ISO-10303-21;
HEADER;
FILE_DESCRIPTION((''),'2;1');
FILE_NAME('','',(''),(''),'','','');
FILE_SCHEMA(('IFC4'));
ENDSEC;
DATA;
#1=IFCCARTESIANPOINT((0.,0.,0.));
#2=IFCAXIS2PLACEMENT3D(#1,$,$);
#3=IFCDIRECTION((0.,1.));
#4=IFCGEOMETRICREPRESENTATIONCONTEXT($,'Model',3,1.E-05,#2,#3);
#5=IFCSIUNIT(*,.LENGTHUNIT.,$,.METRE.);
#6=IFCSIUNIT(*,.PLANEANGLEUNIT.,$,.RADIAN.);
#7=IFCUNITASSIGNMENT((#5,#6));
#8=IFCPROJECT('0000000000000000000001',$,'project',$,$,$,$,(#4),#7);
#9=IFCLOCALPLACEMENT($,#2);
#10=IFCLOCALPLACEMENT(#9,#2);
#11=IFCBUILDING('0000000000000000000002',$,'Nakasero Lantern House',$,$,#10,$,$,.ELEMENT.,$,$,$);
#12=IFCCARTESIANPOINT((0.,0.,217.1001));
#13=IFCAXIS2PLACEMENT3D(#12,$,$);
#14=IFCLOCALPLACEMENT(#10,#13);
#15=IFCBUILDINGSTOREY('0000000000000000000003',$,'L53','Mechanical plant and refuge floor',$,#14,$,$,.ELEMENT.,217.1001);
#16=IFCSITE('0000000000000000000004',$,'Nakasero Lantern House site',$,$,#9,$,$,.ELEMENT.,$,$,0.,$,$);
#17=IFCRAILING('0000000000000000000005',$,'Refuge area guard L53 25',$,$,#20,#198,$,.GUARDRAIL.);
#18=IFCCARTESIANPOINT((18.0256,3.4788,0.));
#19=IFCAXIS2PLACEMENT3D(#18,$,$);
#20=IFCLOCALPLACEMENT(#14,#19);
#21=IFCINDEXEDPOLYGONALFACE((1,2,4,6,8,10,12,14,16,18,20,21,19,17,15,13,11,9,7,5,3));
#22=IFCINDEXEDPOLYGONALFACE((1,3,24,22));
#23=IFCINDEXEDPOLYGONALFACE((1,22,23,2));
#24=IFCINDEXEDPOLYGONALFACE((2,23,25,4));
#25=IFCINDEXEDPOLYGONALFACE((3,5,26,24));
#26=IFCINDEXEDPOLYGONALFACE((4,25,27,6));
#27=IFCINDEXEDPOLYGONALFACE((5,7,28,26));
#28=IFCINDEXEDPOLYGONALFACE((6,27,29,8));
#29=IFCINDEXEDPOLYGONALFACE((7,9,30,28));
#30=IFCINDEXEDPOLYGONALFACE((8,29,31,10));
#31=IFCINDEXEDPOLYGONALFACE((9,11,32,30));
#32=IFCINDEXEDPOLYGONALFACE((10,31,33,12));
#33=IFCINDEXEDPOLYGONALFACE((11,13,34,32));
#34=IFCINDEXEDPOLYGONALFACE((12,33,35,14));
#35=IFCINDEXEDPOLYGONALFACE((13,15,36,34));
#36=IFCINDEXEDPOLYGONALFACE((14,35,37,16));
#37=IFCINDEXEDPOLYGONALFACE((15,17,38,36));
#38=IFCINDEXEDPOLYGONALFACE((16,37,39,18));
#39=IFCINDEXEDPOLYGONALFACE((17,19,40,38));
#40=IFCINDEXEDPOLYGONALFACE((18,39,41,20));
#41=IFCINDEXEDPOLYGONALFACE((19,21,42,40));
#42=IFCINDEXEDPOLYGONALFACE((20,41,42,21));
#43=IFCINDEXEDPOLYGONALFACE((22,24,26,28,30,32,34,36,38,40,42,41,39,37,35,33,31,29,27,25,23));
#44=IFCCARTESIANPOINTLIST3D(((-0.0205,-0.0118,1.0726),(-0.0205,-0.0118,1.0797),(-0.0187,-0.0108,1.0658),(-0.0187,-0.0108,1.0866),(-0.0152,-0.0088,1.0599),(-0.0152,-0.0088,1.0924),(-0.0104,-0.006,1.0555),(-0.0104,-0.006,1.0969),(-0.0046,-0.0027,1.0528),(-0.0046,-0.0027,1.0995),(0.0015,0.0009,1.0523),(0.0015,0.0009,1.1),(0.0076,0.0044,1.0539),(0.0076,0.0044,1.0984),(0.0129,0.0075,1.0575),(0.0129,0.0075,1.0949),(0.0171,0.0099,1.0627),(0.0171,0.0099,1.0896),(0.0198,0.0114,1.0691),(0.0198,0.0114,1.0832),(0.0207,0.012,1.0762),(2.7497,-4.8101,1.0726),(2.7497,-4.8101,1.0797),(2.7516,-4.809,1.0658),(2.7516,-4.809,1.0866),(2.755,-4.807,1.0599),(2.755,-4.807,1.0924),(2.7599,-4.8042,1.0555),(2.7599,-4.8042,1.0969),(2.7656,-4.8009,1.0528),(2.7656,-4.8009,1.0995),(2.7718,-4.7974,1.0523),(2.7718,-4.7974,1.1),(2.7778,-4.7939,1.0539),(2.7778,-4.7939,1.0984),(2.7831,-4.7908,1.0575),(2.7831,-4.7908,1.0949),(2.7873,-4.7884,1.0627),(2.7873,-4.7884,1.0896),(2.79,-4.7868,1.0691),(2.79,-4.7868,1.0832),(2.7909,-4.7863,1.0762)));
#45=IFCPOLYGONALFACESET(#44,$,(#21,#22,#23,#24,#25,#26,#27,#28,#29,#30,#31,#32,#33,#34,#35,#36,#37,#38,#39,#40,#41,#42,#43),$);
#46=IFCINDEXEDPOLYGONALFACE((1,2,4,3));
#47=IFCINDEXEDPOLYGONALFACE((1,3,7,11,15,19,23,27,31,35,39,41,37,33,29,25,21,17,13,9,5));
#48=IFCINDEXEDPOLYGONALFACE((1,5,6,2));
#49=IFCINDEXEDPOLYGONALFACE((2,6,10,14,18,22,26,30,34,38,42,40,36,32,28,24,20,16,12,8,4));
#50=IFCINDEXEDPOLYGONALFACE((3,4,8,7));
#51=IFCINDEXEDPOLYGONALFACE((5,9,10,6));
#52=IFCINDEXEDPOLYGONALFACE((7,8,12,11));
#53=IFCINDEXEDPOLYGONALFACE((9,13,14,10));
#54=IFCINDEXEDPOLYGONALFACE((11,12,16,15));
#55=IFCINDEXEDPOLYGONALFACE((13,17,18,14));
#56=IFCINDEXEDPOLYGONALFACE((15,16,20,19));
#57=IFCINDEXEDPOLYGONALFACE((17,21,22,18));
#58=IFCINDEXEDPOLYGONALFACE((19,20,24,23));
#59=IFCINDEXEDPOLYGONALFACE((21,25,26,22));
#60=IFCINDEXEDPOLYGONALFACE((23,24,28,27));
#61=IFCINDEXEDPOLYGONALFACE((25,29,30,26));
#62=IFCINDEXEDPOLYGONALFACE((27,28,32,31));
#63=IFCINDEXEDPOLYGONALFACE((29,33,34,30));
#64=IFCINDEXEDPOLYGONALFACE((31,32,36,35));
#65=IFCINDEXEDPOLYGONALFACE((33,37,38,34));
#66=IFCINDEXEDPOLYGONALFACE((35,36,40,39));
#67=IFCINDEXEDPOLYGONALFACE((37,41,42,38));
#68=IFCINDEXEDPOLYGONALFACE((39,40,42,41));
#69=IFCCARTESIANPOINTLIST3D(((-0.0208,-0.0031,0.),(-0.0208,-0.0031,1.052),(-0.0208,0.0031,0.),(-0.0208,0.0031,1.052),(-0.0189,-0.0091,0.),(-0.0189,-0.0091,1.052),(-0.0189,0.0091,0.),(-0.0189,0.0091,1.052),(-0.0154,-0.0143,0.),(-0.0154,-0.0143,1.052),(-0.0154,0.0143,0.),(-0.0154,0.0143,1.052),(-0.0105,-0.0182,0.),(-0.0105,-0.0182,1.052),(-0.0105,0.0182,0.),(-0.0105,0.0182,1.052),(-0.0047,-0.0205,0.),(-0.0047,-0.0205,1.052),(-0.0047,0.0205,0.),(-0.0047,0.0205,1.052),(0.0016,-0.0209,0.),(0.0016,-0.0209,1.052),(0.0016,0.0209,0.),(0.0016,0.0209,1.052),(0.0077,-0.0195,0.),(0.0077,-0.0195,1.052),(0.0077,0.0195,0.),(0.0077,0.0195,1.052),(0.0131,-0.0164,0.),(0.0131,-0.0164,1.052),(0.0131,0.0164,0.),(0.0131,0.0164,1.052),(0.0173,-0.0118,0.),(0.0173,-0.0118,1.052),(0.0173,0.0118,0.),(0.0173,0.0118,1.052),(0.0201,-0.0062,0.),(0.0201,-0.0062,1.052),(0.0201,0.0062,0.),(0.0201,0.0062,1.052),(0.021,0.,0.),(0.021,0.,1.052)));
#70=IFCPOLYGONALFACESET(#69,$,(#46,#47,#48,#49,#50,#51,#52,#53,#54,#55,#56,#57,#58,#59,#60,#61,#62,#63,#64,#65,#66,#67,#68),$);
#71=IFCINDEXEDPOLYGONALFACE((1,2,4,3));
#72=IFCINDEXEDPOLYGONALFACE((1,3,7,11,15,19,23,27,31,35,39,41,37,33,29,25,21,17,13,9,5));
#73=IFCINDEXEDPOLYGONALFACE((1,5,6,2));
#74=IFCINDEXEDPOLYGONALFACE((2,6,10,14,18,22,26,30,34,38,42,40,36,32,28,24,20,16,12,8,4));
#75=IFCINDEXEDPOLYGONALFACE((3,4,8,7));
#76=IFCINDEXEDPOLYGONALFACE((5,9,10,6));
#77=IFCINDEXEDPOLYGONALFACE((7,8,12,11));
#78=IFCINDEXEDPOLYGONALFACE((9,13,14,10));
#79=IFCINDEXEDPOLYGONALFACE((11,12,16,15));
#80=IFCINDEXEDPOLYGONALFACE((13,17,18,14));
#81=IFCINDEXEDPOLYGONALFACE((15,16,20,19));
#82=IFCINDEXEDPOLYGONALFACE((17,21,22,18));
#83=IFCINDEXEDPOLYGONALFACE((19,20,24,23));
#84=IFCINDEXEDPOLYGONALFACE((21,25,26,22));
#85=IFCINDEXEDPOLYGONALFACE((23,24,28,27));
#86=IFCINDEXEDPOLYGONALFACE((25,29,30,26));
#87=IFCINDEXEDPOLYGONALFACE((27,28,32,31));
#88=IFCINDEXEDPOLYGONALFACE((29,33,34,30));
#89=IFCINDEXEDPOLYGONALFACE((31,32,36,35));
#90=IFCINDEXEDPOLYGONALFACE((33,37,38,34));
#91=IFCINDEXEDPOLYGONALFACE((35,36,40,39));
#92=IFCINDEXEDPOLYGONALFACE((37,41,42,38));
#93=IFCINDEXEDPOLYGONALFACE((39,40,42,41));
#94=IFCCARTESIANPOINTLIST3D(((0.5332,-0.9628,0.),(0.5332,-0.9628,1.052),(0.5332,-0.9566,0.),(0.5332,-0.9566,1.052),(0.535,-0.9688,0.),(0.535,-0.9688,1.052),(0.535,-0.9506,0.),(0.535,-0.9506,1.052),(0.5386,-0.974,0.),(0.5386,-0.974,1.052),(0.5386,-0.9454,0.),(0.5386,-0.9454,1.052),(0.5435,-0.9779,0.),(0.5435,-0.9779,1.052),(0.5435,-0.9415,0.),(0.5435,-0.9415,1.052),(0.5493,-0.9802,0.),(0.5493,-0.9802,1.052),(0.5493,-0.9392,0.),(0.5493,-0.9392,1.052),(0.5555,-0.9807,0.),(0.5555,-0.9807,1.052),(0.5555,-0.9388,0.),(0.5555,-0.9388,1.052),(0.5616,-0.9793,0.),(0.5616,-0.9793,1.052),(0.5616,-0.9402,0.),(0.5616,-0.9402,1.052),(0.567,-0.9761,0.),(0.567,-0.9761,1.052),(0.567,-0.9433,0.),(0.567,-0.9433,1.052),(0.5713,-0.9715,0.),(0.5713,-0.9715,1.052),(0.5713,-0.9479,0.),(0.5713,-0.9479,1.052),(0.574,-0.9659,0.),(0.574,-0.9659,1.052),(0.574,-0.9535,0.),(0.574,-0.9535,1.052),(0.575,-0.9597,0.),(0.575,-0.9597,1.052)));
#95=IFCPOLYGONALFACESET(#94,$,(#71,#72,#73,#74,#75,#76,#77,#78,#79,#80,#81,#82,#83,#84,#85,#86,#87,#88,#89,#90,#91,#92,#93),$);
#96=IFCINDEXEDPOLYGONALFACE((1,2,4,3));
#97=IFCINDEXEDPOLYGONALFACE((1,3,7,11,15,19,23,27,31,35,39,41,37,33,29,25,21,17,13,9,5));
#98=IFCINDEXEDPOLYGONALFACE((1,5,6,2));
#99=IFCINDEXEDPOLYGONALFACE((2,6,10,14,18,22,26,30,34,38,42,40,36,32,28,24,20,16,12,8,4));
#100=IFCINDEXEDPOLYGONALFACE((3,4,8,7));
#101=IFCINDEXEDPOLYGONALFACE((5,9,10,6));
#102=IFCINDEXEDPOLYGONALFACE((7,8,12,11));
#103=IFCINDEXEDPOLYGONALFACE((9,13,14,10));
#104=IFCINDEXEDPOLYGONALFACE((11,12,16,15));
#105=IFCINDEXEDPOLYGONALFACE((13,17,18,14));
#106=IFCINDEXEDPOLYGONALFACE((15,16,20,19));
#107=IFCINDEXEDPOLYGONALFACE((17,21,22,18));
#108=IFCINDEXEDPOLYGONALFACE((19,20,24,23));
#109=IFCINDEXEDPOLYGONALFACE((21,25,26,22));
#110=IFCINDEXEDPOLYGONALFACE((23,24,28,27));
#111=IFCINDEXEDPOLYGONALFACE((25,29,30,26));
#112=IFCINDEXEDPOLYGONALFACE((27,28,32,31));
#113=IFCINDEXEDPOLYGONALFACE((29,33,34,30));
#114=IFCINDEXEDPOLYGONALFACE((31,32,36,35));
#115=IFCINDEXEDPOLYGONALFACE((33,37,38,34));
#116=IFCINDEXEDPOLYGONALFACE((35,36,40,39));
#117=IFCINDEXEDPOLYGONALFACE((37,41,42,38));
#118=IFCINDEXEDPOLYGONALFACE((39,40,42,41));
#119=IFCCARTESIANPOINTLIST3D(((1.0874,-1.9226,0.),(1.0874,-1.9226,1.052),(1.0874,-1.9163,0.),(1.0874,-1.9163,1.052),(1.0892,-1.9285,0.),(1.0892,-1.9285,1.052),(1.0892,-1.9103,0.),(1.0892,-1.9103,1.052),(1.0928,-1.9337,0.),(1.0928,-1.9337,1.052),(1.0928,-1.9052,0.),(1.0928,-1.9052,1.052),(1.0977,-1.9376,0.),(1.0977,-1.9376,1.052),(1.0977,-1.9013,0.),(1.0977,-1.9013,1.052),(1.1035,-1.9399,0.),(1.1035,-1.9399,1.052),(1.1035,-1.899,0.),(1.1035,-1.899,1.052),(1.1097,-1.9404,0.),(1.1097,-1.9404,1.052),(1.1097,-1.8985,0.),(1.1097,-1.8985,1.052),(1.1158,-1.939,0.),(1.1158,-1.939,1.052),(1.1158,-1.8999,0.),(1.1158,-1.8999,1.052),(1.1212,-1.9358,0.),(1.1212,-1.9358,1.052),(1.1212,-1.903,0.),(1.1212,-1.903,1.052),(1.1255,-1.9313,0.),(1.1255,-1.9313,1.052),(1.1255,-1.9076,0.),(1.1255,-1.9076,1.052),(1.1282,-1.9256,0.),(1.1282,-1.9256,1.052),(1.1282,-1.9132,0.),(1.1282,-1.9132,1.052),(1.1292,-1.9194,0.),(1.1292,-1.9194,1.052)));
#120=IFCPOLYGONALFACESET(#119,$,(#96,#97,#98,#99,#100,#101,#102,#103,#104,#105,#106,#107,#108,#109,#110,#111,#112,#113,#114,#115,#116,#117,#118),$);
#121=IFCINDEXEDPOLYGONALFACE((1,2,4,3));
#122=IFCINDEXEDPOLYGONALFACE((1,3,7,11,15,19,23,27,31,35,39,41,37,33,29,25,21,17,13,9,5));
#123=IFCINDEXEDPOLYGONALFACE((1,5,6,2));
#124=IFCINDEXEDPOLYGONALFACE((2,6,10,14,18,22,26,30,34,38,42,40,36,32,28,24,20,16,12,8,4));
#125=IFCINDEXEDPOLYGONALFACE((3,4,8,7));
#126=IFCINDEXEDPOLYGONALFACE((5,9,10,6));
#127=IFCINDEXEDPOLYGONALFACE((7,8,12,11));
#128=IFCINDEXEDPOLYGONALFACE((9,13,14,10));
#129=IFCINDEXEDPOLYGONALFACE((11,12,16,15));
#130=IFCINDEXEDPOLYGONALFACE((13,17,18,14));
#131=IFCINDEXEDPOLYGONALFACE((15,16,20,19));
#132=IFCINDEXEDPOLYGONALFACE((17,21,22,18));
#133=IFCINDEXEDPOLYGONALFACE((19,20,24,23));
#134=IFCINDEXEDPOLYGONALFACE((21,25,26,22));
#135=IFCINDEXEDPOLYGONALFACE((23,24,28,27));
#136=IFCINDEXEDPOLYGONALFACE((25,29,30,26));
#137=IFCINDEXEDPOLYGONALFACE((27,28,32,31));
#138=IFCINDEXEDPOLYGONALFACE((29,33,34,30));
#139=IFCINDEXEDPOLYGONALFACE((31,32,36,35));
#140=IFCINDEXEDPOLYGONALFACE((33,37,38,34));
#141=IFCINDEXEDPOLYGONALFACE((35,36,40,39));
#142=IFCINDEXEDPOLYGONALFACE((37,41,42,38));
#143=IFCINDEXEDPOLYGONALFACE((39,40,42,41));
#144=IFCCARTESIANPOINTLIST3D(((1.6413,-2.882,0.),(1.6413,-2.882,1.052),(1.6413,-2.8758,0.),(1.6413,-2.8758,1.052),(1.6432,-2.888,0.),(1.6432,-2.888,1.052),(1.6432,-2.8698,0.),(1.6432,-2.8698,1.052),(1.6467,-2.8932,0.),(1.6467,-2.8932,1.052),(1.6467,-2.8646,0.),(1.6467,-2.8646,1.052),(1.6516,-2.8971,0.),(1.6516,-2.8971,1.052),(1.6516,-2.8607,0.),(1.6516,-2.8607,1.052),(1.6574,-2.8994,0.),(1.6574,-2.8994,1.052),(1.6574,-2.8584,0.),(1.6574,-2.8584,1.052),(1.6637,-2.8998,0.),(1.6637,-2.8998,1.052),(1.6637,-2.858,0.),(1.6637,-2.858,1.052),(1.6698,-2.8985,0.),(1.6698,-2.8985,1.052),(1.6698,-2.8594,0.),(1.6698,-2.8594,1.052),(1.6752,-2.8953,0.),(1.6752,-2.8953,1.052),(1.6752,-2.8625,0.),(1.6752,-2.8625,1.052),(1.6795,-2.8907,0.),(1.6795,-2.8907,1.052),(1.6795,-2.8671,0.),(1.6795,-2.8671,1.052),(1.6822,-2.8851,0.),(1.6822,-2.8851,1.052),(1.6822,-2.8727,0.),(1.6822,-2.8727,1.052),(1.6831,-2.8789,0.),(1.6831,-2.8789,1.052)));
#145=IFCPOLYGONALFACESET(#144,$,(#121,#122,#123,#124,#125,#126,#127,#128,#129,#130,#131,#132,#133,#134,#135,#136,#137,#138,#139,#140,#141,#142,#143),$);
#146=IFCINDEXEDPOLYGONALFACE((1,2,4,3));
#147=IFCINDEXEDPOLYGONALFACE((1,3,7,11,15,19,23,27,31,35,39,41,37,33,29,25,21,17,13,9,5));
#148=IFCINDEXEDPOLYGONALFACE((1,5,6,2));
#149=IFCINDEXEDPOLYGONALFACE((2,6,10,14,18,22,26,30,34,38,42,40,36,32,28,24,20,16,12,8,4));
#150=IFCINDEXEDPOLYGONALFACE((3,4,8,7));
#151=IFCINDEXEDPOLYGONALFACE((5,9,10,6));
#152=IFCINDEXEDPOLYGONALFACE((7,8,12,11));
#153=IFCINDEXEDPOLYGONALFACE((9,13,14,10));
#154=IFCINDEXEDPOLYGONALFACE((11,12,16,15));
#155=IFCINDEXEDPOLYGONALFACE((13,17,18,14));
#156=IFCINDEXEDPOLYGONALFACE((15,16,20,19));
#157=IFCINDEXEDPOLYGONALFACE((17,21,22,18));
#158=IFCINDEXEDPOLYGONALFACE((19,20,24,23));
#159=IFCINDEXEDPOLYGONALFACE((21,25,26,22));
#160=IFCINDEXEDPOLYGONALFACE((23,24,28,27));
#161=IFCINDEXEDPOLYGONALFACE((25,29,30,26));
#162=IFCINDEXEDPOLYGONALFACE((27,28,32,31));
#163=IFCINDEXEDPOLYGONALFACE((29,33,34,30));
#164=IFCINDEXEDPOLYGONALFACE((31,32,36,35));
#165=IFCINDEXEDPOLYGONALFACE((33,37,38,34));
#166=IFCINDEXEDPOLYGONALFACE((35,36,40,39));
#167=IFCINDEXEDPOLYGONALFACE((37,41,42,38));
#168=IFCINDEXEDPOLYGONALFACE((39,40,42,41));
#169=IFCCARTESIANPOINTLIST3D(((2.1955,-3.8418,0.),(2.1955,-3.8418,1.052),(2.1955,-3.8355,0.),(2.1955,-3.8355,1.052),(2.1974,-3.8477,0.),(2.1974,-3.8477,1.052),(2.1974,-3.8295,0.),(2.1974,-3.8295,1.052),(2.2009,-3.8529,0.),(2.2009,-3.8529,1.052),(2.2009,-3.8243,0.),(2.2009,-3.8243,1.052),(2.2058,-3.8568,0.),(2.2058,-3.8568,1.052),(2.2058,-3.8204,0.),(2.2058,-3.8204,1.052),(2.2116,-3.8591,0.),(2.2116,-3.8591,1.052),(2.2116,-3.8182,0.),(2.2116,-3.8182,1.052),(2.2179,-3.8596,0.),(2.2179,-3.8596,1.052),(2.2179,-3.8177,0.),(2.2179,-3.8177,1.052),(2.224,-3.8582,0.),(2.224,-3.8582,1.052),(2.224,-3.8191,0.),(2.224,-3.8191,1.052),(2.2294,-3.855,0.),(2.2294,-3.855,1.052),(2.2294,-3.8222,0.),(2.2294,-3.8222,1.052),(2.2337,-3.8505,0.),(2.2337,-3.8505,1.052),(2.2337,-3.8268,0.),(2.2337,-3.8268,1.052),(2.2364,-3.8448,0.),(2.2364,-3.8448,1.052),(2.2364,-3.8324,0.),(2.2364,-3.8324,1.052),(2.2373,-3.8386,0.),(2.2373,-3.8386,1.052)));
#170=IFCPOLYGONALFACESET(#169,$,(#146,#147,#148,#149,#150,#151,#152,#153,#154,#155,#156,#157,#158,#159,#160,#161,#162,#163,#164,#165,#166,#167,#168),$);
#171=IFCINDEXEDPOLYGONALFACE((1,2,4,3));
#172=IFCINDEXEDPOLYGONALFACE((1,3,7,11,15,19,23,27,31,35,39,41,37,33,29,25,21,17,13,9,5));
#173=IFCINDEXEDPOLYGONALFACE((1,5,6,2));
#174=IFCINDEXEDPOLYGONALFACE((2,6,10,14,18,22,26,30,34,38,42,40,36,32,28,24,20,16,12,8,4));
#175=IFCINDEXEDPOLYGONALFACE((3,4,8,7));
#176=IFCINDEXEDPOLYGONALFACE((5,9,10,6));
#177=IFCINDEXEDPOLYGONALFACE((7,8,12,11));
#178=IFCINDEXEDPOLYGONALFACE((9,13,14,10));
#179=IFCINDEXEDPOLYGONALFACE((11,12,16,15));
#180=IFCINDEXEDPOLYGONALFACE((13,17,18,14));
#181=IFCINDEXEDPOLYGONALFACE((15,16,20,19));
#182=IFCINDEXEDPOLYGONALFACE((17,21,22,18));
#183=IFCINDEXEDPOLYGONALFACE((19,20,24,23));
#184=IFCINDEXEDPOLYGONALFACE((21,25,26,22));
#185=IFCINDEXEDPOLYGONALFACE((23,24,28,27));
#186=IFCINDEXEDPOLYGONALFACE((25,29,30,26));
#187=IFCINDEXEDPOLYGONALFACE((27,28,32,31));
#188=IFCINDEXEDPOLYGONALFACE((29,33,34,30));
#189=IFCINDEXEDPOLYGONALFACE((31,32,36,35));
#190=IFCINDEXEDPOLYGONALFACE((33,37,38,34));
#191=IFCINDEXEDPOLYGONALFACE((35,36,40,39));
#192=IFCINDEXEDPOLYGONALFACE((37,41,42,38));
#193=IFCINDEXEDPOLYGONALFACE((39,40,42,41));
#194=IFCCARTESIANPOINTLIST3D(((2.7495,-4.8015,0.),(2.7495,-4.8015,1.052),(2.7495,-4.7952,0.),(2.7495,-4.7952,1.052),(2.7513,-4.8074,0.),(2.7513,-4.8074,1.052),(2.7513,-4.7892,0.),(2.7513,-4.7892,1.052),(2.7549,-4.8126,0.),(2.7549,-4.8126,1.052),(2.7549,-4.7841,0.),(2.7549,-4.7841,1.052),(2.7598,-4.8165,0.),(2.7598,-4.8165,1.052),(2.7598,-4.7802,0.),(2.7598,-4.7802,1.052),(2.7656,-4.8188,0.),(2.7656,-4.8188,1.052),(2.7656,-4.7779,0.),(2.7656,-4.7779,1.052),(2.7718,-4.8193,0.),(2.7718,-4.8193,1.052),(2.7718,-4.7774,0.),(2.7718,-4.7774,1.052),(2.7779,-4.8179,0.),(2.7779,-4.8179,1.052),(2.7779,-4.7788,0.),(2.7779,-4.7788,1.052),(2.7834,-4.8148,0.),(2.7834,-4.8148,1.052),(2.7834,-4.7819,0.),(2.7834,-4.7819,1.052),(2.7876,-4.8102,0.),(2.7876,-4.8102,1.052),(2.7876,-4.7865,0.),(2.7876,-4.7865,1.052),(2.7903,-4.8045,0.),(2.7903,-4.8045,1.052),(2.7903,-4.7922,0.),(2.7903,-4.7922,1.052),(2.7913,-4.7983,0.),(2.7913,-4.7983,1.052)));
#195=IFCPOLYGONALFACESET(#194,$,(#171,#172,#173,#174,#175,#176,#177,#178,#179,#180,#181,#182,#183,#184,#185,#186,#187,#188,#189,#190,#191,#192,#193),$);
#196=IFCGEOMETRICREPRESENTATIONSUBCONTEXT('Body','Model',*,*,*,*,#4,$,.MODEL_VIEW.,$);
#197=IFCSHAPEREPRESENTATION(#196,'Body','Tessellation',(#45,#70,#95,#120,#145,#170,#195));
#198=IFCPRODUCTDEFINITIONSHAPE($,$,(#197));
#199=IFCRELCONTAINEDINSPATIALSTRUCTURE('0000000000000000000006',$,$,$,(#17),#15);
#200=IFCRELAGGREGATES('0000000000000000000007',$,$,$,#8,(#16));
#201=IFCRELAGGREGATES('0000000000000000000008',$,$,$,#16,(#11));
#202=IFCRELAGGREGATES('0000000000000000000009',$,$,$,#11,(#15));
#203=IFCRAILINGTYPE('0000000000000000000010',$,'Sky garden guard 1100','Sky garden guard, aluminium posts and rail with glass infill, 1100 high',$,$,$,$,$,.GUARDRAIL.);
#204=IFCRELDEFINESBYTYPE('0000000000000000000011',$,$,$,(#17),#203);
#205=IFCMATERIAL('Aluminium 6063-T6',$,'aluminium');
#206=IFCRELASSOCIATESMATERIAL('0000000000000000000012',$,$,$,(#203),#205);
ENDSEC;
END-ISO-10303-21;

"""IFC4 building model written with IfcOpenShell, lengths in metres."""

from ifc_helpers import new_model, si_unit, direction, frame, origin, origin_2d, place, context, subcontext, project, spatial, circle, extrude, material, type_object, element, save


model = new_model("IFC4")

# Units and contexts
model_context = context("Model", 3, precision=1e-05, world=origin(), true_north=direction((0.0, 1.0)))
body_context = subcontext(model_context, "Body", "Model", "MODEL_VIEW")
ifc_project = project(units=[si_unit("LENGTHUNIT", "METRE"), si_unit("PLANEANGLEUNIT", "RADIAN")], contexts=[model_context])

# Site, building, storey
site_placement = place(None, origin())
site = spatial("IfcSite", under=ifc_project, at=site_placement, Name="Nakasero Lantern House site", CompositionType="ELEMENT", RefElevation=0.0)
building_placement = place(site_placement, origin())
building = spatial("IfcBuilding", under=site, at=building_placement, Name="Nakasero Lantern House", CompositionType="ELEMENT")
storey_placement = place(building_placement, frame((0.0, 0.0, 217.1001)))
storey = spatial("IfcBuildingStorey", under=building, at=storey_placement, Name="L53", Description="Mechanical plant and refuge floor", CompositionType="ELEMENT", Elevation=217.1001)

# Railing
ifc_material_1 = material(Name="Aluminium 6063-T6", Category="aluminium")
railing_type = type_object("IfcRailingType", Name="Sky garden guard 1100", Description="Sky garden guard, aluminium posts and rail with glass infill, 1100 high", PredefinedType="GUARDRAIL", material=ifc_material_1)
railing_1_placement = place(storey_placement, frame((18.0256, 3.4788, 0.0)))
element("IfcRailing", 1, at=railing_1_placement, inside=storey, type_object=railing_type, Name="Refuge area guard L53 25", PredefinedType="GUARDRAIL", context=body_context, shape_type="SweptSolid", body=[
    extrude(circle(Radius=0.0239, at=origin_2d()), frame((0.0, 0.0, 1.0762), z_axis=(0.499992, -0.86603, 0.0), x_axis=(0.86603, 0.499992, 0.0)), (0.0, 0.0, 1.0), 5.5405),
    extrude(circle(Radius=0.021, at=origin_2d()), origin(), (0.0, 0.0, 1.0), 1.052),
    extrude(circle(Radius=0.021, at=origin_2d()), frame((0.554, -0.9597, 0.0)), (0.0, 0.0, 1.0), 1.052),
    extrude(circle(Radius=0.021, at=origin_2d()), frame((1.1082, -1.9194, 0.0)), (0.0, 0.0, 1.0), 1.052),
    extrude(circle(Radius=0.021, at=origin_2d()), frame((1.6621, -2.8789, 0.0)), (0.0, 0.0, 1.0), 1.052),
    extrude(circle(Radius=0.021, at=origin_2d()), frame((2.2163, -3.8386, 0.0)), (0.0, 0.0, 1.0), 1.052),
    extrude(circle(Radius=0.021, at=origin_2d()), frame((2.7703, -4.7983, 0.0)), (0.0, 0.0, 1.0), 1.052),
])

save(model, "model.ifc")
